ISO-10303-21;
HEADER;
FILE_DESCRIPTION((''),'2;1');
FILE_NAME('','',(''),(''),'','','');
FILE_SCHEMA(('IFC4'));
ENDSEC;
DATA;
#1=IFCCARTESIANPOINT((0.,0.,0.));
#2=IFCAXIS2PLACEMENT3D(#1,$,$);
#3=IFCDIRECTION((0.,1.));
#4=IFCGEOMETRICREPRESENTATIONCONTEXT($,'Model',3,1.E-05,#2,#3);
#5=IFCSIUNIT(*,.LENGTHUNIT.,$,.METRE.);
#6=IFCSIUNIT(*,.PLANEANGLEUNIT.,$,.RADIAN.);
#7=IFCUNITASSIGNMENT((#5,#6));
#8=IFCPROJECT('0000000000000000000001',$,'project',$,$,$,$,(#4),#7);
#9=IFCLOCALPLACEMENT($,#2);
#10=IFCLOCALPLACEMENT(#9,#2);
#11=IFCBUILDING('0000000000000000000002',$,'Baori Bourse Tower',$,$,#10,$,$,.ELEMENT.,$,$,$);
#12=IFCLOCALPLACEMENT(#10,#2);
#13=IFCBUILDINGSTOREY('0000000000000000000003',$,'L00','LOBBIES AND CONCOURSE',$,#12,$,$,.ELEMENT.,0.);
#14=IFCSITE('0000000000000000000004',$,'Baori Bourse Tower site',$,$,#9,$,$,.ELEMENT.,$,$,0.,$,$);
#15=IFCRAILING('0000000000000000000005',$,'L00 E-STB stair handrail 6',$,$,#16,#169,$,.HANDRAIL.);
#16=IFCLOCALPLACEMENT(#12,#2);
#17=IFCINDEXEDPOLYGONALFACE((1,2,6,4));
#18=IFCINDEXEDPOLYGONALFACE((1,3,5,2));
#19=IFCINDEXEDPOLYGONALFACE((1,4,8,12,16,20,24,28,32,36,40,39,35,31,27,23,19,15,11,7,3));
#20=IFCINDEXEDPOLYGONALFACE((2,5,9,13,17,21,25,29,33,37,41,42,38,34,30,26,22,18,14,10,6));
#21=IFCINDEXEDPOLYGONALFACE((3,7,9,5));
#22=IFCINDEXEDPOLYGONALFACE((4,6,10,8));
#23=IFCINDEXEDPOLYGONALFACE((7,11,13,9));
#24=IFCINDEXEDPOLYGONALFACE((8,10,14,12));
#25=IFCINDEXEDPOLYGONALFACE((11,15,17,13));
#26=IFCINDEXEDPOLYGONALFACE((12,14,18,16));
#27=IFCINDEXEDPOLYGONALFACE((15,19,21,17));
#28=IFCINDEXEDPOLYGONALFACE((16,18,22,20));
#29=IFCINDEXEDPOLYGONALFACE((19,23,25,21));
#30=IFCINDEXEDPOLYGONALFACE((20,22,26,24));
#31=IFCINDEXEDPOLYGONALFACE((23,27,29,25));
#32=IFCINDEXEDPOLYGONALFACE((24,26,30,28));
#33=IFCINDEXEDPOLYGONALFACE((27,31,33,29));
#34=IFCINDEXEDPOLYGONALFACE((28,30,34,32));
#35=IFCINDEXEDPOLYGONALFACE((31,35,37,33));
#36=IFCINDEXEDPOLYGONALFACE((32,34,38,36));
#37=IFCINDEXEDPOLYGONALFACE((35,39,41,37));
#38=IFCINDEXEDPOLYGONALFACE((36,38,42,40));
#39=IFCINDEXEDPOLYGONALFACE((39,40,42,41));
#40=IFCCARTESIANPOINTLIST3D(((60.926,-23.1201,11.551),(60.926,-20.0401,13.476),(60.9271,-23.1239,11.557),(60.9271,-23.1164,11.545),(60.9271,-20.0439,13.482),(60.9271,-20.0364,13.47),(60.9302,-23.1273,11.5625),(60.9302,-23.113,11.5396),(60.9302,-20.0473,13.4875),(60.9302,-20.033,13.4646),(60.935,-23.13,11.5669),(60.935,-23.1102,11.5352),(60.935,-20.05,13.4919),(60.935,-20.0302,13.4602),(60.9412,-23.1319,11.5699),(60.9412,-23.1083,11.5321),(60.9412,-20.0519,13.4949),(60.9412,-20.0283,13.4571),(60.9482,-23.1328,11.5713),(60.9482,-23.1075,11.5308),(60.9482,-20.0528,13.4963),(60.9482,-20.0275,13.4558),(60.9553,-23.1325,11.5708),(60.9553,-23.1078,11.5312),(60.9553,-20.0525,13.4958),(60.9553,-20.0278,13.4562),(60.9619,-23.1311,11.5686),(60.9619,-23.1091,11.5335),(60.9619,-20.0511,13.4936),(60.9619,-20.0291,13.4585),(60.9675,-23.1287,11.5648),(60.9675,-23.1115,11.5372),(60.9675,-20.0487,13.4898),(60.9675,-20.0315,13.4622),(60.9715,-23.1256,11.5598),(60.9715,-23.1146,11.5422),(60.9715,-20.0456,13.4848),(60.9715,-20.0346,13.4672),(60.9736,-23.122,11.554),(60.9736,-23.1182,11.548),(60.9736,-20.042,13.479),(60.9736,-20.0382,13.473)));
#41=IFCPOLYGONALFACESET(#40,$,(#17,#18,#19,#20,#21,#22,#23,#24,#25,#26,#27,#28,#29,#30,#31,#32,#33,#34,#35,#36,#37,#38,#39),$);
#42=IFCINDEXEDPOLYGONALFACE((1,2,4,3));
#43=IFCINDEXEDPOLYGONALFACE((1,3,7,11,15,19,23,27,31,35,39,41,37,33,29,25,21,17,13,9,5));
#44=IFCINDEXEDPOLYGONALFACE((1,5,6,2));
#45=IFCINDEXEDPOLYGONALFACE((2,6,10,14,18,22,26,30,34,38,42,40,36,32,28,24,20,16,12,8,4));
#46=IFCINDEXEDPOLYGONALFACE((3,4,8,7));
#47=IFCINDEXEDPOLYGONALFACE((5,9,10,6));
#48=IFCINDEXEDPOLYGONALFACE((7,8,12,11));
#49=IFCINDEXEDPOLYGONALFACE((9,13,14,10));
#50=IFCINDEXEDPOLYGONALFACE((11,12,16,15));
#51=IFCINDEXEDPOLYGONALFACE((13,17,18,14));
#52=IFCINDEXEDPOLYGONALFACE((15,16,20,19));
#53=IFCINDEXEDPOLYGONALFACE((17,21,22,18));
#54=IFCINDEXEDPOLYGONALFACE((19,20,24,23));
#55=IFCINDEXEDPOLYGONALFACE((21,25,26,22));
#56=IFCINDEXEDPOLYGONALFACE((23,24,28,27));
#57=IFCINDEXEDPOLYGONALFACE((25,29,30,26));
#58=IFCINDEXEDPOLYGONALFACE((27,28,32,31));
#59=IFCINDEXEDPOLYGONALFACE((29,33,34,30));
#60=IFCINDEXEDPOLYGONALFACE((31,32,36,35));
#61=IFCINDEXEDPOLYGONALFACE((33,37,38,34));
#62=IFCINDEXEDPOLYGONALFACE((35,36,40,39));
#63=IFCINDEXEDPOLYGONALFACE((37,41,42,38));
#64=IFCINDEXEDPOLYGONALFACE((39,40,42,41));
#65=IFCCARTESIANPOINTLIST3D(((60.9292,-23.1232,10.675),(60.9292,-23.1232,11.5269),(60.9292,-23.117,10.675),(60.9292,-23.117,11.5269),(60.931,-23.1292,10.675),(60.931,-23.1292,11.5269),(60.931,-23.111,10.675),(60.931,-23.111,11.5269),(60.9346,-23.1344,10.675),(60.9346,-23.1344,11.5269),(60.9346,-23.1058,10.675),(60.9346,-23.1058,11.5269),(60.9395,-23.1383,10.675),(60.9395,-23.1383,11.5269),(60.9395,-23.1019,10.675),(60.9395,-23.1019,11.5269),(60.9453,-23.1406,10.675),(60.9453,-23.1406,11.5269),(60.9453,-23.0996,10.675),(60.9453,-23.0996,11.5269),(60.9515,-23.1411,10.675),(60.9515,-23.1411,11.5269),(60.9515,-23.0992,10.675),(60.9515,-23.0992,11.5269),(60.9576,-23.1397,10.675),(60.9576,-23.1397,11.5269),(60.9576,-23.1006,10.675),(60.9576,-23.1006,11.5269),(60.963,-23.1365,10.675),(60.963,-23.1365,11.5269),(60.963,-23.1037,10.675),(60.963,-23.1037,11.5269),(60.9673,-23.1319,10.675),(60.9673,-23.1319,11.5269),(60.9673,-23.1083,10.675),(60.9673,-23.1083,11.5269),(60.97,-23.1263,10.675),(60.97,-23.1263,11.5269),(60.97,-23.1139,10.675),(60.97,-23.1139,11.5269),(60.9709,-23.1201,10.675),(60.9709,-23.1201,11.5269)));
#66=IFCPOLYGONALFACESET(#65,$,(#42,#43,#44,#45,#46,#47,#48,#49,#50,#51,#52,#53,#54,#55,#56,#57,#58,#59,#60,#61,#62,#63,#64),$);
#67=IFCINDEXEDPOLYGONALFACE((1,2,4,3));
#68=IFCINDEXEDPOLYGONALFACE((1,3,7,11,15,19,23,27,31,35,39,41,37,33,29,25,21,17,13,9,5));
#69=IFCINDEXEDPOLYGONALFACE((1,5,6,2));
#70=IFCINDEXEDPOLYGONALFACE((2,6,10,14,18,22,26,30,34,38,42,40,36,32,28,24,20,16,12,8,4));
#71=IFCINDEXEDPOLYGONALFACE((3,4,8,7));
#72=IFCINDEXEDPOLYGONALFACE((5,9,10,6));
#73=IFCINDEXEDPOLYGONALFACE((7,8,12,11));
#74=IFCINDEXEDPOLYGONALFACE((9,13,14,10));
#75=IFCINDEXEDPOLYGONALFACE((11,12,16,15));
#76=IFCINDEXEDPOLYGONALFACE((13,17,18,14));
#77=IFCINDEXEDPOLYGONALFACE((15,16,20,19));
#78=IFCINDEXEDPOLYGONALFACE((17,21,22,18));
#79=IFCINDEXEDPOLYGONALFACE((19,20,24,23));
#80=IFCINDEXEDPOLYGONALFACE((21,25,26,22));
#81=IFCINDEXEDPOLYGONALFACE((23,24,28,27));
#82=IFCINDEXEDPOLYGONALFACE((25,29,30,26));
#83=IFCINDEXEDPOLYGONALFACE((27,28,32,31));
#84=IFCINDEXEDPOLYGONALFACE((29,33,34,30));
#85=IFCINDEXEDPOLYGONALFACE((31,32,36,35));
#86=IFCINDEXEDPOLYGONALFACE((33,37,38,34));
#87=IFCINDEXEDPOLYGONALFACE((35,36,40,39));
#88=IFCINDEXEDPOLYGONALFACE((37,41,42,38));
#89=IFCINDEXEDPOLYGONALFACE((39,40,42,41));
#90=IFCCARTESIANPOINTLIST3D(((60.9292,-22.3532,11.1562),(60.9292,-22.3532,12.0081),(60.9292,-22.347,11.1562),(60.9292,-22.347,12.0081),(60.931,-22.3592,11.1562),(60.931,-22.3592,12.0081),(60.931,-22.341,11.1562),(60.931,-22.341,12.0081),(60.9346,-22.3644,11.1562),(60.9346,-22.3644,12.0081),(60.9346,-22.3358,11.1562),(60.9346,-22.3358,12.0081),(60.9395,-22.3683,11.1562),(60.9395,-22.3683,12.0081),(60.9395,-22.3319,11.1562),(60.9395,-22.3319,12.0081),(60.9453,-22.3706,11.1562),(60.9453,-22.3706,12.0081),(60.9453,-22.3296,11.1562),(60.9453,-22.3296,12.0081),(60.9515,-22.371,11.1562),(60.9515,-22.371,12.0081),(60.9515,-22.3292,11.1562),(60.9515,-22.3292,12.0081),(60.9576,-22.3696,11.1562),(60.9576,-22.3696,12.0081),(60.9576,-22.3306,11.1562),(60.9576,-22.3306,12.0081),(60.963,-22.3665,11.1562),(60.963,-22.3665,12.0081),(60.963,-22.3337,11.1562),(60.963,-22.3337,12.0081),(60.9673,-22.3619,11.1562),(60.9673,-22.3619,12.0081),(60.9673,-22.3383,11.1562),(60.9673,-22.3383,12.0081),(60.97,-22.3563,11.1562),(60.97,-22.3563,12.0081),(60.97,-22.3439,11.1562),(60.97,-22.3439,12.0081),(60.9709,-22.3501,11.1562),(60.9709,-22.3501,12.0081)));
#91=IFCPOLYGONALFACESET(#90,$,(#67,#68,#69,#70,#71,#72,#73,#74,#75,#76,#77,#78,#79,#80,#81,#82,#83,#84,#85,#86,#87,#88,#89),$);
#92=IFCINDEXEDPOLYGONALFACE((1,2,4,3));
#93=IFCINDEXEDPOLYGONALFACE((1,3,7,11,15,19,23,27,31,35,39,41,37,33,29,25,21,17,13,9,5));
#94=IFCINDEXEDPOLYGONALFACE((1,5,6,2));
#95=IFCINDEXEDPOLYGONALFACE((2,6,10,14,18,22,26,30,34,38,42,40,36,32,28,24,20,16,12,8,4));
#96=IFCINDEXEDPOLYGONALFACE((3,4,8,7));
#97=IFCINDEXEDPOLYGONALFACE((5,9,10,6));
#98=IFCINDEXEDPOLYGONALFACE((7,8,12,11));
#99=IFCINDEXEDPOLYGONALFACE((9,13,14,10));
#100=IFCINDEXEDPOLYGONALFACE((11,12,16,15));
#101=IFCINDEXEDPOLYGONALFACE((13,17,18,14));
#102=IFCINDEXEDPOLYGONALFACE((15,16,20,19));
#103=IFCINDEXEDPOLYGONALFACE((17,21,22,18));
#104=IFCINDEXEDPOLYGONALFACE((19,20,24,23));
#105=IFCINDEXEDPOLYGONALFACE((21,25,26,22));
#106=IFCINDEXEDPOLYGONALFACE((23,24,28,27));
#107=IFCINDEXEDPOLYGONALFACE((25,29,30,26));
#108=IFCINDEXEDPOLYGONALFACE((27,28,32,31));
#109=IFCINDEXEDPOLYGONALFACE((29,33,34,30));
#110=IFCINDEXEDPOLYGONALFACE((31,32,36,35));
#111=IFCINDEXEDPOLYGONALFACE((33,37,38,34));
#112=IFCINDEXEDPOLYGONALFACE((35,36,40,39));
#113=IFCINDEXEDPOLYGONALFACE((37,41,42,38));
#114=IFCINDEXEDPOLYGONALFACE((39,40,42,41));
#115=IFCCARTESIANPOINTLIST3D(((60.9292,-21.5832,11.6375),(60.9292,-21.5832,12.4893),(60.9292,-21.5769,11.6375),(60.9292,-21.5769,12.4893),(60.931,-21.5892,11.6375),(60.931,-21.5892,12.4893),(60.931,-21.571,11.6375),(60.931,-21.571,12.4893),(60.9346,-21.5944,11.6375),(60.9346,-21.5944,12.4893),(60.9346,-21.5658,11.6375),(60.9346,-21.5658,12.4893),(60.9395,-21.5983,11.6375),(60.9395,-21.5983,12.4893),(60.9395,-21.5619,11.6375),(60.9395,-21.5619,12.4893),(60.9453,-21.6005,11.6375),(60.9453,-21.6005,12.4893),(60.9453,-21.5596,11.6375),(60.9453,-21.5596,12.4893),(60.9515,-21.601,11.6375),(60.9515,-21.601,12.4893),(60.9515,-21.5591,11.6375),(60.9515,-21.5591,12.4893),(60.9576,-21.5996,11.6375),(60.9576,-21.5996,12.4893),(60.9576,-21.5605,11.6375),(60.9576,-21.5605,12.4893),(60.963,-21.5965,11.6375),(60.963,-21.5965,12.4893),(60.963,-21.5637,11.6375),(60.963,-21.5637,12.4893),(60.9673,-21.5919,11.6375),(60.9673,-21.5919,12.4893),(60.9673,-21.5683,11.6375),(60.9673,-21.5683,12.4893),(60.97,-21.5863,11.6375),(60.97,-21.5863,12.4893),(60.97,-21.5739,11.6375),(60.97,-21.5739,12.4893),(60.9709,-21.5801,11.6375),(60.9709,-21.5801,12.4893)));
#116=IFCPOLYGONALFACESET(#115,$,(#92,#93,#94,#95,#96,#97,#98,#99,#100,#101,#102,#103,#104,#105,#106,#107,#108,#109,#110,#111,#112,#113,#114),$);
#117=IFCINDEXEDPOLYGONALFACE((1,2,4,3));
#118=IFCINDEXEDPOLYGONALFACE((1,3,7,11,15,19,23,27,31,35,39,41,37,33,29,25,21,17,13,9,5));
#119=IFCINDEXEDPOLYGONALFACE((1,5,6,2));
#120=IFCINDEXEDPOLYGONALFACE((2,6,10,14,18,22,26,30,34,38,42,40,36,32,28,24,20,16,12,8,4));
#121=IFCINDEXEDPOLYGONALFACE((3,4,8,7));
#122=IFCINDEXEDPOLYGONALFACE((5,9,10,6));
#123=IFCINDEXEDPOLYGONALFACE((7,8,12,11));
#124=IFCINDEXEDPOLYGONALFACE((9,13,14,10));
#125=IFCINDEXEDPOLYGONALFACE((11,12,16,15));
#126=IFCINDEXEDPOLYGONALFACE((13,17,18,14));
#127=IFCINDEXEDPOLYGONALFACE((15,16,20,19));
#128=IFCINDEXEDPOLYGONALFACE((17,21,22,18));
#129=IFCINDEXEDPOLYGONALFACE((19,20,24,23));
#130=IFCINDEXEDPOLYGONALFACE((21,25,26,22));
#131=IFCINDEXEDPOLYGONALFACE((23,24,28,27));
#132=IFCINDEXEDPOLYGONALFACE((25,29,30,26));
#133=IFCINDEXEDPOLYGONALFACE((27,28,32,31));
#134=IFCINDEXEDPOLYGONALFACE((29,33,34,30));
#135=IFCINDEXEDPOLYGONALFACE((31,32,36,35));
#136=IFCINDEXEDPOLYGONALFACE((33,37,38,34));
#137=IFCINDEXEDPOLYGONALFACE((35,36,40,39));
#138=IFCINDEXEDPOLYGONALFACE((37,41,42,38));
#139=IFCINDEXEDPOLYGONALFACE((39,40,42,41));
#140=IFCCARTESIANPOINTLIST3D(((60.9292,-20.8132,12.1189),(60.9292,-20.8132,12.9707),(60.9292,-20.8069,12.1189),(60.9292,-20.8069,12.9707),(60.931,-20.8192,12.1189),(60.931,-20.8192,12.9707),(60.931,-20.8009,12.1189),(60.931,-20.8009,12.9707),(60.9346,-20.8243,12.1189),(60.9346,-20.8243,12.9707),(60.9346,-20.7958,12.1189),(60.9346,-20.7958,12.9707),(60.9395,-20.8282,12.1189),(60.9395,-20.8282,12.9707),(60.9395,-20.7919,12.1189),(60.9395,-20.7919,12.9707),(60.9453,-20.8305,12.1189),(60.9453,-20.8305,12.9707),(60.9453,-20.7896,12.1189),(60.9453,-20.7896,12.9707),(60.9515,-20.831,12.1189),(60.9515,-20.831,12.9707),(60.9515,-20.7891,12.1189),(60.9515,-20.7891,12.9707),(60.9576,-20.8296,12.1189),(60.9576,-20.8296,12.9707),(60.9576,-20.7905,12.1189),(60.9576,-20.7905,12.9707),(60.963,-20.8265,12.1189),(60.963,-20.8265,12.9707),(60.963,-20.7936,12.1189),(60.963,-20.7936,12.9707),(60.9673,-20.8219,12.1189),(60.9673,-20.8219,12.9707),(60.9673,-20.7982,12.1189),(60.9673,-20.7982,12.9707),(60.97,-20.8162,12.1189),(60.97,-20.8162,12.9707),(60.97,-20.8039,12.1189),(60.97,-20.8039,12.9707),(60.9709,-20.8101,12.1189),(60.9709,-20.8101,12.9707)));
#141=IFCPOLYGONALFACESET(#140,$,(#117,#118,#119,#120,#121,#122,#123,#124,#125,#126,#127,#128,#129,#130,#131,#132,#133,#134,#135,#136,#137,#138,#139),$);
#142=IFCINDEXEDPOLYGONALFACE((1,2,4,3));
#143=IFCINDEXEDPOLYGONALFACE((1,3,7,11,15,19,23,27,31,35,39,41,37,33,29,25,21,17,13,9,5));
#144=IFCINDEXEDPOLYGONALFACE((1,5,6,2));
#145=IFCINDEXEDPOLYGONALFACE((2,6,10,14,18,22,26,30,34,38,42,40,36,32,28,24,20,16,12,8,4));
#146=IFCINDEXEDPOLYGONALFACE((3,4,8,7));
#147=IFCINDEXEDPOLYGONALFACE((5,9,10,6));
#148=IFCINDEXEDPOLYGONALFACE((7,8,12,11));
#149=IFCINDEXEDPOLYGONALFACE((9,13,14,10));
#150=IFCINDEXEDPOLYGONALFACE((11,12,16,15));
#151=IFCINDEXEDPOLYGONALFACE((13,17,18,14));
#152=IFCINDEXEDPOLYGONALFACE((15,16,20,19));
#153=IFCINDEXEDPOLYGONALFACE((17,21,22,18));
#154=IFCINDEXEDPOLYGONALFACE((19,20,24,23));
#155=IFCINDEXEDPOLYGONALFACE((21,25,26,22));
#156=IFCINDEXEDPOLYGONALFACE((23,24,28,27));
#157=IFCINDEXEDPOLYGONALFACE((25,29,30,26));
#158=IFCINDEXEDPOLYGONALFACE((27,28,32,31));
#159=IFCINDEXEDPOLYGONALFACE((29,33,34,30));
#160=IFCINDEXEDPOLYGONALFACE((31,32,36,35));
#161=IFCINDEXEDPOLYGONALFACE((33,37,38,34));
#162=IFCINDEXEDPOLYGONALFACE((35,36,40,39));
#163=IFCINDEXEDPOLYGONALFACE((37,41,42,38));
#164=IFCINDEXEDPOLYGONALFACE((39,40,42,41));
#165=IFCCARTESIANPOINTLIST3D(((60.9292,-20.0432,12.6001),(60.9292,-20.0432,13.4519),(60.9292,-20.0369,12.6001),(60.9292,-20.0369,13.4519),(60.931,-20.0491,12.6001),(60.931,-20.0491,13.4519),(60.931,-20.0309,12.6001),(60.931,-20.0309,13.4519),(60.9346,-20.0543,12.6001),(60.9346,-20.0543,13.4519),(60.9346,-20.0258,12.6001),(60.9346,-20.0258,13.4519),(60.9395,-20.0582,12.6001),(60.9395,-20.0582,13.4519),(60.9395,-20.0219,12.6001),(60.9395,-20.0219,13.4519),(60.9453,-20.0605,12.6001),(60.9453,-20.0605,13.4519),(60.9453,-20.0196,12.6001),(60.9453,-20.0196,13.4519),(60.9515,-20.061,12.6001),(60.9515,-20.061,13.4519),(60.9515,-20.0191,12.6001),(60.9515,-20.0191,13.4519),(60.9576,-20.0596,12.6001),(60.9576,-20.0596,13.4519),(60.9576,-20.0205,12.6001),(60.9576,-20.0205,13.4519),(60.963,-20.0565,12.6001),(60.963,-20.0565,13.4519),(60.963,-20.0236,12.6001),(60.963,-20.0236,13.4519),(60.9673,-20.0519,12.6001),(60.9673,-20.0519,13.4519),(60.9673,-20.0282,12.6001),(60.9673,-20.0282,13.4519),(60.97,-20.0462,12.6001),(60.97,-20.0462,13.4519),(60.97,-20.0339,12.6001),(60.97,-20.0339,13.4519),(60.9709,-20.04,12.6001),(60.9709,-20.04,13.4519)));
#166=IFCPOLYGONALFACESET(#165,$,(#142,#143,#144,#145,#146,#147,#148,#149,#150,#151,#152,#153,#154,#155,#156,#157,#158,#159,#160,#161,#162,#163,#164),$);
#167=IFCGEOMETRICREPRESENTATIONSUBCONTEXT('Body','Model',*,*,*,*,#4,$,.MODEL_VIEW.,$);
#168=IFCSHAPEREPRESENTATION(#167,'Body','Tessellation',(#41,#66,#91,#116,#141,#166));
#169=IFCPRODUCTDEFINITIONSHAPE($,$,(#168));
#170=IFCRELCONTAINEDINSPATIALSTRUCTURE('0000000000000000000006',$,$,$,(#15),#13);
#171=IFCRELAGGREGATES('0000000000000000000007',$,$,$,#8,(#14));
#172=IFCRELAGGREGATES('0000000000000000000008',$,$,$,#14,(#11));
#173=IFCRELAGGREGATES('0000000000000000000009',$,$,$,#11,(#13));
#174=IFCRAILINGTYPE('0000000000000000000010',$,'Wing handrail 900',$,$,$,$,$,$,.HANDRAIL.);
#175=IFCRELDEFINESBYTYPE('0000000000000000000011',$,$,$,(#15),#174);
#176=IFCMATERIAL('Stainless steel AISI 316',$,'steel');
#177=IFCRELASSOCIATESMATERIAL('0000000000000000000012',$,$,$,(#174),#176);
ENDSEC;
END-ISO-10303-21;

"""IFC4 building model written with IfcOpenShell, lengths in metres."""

from ifc_helpers import new_model, si_unit, direction, frame, origin, origin_2d, place, context, subcontext, project, spatial, circle, extrude, material, type_object, element, save


model = new_model("IFC4")

# Units and contexts
model_context = context("Model", 3, precision=1e-05, world=origin(), true_north=direction((0.0, 1.0)))
body_context = subcontext(model_context, "Body", "Model", "MODEL_VIEW")
ifc_project = project(units=[si_unit("LENGTHUNIT", "METRE"), si_unit("PLANEANGLEUNIT", "RADIAN")], contexts=[model_context])

# Site, building, storey
site_placement = place(None, origin())
site = spatial("IfcSite", under=ifc_project, at=site_placement, Name="Baori Bourse Tower site", CompositionType="ELEMENT", RefElevation=0.0)
building_placement = place(site_placement, origin())
building = spatial("IfcBuilding", under=site, at=building_placement, Name="Baori Bourse Tower", CompositionType="ELEMENT")
storey_placement = place(building_placement, origin())
storey = spatial("IfcBuildingStorey", under=building, at=storey_placement, Name="L00", Description="LOBBIES AND CONCOURSE", CompositionType="ELEMENT", Elevation=0.0)

# Railing
ifc_material_1 = material(Name="Stainless steel AISI 316", Category="steel")
railing_type_1 = type_object("IfcRailingType", Name="Wing handrail 900", PredefinedType="HANDRAIL", material=ifc_material_1)
railing_1_placement = place(storey_placement, frame((60.95, -23.1201, 10.675)))
element("IfcRailing", 1, at=railing_1_placement, inside=storey, type_object=railing_type_1, Name="L00 E-STB stair handrail 6", PredefinedType="HANDRAIL", context=body_context, shape_type="SweptSolid", body=[
    extrude(circle(Radius=0.0239, at=origin_2d()), frame((0.0, 0.0, 0.876), z_axis=(0.0, 0.847998, 0.529999), x_axis=(-1.0, 0.0, 0.0)), (0.0, 0.0, 1.0), 3.6321),
    extrude(circle(Radius=0.021, at=origin_2d()), origin(), (0.0, 0.0, 1.0), 0.8518),
    extrude(circle(Radius=0.021, at=origin_2d()), frame((0.0, 0.77, 0.4812)), (0.0, 0.0, 1.0), 0.8518),
    extrude(circle(Radius=0.021, at=origin_2d()), frame((0.0, 1.54, 0.9624)), (0.0, 0.0, 1.0), 0.8518),
    extrude(circle(Radius=0.021, at=origin_2d()), frame((0.0, 2.3101, 1.4438)), (0.0, 0.0, 1.0), 0.8518),
    extrude(circle(Radius=0.021, at=origin_2d()), frame((0.0, 3.0801, 1.925)), (0.0, 0.0, 1.0), 0.8518),
])

save(model, "model.ifc")
